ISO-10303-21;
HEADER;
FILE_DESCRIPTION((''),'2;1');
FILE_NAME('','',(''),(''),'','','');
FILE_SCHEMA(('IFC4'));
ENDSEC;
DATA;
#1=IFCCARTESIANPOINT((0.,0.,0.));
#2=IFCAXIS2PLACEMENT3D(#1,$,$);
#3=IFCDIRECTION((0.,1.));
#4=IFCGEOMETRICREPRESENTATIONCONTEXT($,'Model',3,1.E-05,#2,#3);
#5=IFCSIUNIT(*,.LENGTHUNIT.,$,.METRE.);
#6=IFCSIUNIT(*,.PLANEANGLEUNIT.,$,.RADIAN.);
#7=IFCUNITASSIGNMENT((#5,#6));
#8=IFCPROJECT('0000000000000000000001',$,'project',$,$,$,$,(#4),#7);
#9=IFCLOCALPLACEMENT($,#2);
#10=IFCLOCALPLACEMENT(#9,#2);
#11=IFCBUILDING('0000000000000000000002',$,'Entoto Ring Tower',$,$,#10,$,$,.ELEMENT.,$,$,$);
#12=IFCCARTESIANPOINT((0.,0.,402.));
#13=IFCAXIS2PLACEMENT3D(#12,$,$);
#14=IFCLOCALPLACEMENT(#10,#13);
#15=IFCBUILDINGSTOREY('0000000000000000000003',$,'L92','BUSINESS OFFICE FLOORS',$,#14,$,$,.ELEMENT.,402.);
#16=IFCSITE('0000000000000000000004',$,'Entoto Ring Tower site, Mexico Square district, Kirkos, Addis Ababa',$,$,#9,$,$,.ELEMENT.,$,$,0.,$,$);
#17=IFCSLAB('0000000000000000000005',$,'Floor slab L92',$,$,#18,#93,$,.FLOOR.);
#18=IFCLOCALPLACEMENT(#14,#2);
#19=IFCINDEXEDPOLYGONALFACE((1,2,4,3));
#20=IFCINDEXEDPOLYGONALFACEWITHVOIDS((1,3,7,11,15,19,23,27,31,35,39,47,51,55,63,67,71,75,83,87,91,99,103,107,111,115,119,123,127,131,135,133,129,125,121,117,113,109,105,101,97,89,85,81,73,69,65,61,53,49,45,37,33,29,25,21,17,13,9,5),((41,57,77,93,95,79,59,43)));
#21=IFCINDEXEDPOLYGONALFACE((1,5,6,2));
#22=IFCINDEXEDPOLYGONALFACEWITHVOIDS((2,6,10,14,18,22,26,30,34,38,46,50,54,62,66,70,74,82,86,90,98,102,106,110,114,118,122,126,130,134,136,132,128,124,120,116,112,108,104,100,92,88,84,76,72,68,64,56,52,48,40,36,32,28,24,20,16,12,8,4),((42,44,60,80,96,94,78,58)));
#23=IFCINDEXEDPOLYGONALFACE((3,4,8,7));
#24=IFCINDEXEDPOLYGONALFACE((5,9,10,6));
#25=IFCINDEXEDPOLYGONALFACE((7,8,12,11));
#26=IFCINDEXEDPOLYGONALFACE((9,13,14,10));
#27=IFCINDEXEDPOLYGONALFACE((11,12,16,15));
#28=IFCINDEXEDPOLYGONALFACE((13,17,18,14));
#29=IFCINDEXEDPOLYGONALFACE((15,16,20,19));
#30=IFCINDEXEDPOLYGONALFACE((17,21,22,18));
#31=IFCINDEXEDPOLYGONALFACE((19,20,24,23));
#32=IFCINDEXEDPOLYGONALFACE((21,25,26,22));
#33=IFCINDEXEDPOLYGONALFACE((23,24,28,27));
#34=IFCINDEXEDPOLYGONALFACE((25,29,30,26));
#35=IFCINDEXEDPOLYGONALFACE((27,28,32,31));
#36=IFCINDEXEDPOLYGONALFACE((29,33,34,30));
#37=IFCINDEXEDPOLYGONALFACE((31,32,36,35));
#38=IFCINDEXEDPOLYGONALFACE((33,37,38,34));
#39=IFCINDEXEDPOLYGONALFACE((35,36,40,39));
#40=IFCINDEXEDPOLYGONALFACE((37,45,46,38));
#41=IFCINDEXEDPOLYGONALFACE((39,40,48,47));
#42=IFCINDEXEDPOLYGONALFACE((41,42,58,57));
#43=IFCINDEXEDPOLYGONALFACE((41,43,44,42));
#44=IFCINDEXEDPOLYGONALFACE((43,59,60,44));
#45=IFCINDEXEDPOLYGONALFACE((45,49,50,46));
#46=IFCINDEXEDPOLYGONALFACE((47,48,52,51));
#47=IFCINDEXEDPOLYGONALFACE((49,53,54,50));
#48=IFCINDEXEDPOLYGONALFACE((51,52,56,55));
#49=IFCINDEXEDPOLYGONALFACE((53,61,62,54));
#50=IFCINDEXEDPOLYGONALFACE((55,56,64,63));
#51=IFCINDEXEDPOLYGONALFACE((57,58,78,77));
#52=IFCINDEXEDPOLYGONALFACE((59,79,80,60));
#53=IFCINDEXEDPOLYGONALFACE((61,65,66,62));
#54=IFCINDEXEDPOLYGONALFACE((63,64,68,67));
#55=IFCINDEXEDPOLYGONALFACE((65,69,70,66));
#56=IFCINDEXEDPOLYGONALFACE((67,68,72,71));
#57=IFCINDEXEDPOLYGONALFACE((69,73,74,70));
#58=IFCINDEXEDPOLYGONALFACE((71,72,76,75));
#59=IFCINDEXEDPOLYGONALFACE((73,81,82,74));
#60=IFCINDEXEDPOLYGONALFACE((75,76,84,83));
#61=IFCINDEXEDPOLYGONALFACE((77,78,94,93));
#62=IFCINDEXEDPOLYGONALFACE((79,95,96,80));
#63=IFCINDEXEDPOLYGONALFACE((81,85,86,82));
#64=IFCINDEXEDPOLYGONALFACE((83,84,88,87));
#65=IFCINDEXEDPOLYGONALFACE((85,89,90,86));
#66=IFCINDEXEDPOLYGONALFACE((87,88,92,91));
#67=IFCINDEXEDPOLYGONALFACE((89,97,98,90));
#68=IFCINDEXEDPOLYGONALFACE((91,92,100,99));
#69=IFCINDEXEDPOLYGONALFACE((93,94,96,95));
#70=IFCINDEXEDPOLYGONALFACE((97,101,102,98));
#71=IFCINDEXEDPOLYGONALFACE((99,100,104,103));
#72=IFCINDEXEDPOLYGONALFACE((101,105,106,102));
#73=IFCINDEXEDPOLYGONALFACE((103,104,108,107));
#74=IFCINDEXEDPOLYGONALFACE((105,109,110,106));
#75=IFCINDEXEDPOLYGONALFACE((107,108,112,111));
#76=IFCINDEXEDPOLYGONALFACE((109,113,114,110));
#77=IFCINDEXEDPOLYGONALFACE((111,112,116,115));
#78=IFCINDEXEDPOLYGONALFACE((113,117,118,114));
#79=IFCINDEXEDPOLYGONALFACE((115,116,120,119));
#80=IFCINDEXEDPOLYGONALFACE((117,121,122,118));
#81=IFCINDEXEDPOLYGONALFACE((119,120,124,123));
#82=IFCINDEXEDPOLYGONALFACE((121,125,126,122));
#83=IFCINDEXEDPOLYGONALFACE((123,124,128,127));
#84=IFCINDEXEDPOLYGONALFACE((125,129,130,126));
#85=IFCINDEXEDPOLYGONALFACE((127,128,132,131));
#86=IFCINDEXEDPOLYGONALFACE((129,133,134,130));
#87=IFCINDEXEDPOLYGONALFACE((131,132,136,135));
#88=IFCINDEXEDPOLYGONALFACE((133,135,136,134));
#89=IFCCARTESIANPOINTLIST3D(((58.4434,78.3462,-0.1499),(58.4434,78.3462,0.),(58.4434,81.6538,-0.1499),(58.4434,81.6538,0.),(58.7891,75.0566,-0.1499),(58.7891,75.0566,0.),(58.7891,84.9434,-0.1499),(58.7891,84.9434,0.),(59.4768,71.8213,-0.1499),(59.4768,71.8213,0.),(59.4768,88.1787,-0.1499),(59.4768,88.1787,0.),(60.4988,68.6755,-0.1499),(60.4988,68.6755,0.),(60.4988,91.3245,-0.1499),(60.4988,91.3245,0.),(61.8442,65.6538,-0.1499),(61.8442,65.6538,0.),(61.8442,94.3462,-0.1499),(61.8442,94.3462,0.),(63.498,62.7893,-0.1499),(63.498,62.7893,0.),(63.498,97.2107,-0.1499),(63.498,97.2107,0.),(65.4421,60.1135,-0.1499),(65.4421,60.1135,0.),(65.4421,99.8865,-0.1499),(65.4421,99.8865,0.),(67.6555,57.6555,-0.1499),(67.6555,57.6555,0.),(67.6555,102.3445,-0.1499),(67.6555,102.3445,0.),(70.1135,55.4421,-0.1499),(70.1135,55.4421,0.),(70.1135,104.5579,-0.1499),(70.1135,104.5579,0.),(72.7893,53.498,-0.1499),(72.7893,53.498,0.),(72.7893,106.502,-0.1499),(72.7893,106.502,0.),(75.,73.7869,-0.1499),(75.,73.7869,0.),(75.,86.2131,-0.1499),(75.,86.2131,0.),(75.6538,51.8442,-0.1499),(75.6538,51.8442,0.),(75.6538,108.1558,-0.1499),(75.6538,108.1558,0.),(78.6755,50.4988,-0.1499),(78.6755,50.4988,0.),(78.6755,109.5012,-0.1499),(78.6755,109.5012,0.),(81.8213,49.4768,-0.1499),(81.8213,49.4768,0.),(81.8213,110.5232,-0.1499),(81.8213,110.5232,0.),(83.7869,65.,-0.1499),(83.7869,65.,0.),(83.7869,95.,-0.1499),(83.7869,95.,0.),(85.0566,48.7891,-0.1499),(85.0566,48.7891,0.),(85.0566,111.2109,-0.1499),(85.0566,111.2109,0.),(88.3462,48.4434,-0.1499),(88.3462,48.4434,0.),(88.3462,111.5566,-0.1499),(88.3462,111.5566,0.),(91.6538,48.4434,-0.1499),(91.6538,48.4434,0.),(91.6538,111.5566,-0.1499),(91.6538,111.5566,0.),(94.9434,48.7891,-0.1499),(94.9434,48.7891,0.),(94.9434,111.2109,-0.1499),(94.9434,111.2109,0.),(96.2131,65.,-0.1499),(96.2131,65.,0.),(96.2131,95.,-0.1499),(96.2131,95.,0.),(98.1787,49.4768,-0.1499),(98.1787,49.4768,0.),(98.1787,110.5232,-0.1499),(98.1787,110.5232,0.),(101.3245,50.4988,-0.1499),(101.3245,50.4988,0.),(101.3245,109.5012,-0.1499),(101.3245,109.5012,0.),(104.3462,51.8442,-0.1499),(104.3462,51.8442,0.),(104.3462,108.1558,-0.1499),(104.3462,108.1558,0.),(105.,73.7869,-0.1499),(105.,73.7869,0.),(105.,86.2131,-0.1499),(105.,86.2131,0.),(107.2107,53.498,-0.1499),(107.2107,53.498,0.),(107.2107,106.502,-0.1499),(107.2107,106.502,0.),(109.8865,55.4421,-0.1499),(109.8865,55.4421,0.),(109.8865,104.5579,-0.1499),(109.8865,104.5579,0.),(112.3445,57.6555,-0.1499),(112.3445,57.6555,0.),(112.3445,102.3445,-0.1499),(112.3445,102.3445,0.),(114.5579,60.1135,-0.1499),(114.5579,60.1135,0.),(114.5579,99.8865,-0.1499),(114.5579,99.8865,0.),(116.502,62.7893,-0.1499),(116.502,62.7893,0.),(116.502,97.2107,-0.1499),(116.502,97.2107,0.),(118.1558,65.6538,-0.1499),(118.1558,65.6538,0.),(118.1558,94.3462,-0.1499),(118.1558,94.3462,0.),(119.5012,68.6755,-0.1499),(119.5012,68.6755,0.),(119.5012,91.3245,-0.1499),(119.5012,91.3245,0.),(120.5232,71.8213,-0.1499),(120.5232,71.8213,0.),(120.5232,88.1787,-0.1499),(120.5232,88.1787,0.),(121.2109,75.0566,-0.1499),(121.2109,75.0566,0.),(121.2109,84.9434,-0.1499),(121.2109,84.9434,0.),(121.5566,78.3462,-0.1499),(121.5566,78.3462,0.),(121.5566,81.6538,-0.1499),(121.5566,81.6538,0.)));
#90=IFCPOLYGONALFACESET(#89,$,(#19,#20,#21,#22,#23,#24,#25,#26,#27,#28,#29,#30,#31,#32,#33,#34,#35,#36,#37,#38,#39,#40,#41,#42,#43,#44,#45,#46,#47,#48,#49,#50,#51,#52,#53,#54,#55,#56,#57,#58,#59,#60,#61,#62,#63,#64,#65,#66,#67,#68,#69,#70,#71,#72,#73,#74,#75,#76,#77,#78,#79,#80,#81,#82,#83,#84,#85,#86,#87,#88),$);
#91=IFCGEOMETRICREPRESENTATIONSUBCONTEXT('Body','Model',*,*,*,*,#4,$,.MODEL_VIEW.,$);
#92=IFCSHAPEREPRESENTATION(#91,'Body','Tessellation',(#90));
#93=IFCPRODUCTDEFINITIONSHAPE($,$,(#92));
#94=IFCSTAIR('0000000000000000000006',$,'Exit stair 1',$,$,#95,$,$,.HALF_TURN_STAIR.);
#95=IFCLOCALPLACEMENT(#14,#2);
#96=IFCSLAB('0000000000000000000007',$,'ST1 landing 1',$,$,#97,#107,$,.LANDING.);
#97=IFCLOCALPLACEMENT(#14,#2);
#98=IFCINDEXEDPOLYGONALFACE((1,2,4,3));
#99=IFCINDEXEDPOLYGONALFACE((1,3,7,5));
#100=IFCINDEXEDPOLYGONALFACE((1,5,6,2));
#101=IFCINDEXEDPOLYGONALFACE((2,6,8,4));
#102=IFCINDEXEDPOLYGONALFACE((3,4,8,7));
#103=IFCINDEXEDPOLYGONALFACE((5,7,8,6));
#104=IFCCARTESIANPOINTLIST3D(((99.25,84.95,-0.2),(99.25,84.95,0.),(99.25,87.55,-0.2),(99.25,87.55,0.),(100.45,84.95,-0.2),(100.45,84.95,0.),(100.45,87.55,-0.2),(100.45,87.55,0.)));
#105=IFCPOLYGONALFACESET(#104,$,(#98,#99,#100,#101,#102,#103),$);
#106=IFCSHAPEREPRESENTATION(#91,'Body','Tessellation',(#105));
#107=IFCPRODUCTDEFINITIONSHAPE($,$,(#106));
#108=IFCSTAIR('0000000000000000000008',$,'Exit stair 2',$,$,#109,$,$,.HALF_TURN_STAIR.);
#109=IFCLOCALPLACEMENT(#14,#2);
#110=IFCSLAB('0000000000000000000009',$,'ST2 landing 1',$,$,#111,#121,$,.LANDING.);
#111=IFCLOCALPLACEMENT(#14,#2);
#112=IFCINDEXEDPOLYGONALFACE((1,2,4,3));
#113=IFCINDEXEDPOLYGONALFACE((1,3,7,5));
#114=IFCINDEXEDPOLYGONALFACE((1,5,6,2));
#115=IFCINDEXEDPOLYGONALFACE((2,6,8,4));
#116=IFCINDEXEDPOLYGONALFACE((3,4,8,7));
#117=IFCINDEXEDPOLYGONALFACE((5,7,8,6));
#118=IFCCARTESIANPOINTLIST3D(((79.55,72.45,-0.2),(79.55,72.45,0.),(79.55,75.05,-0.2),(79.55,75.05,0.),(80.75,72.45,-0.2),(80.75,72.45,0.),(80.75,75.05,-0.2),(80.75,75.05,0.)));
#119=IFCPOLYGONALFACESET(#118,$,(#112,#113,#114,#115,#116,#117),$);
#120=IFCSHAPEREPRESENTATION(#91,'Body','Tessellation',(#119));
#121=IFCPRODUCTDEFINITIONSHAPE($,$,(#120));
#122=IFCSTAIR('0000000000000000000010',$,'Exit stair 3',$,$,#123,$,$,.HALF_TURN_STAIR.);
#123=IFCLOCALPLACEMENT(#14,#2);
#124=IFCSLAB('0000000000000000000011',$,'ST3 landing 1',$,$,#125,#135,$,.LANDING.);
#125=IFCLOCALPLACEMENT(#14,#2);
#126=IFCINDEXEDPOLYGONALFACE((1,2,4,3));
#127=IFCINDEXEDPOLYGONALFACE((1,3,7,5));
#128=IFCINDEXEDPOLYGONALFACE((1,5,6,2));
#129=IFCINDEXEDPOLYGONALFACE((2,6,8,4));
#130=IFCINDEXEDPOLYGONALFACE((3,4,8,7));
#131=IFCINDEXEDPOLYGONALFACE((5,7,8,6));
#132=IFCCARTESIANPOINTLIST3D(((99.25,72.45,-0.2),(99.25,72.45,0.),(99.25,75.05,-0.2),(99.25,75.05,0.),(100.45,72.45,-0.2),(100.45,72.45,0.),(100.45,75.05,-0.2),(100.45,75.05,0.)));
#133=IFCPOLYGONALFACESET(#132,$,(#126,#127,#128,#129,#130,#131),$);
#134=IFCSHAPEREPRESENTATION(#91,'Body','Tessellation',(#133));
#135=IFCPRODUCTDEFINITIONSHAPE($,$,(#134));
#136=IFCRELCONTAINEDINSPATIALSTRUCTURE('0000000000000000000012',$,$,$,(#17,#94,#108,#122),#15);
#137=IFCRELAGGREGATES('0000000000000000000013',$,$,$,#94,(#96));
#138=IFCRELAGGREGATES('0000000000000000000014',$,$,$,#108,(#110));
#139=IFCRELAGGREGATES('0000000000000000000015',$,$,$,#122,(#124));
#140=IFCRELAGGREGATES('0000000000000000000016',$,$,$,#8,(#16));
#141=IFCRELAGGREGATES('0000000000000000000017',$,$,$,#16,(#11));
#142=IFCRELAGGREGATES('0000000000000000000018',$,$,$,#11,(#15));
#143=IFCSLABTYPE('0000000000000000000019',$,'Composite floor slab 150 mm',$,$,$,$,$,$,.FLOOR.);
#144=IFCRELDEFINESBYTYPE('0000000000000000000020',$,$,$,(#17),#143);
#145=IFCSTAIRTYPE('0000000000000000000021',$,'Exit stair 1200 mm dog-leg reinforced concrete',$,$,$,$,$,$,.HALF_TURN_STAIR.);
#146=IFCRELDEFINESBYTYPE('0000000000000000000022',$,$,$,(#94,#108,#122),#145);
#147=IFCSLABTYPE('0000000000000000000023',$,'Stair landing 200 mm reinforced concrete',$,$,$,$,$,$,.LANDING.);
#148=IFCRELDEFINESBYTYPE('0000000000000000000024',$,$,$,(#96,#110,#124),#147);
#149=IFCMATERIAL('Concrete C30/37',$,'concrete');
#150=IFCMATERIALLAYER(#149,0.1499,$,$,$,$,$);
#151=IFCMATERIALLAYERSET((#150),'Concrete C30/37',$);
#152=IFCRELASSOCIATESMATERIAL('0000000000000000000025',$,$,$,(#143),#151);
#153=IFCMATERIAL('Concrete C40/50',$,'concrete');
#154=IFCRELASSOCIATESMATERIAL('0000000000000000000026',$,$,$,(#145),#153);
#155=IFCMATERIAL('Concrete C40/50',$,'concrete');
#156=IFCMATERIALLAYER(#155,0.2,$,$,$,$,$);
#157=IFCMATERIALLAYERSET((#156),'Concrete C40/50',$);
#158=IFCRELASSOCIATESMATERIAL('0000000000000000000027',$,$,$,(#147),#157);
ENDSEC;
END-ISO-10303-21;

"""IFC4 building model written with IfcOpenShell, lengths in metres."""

from ifc_helpers import new_model, si_unit, direction, frame, origin, place, context, subcontext, project, spatial, polyline, outline, extrude, material, layer, layer_set, type_object, element, aggregate, save


model = new_model("IFC4")

# Units and contexts
model_context = context("Model", 3, precision=1e-05, world=origin(), true_north=direction((0.0, 1.0)))
body_context = subcontext(model_context, "Body", "Model", "MODEL_VIEW")
ifc_project = project(units=[si_unit("LENGTHUNIT", "METRE"), si_unit("PLANEANGLEUNIT", "RADIAN")], contexts=[model_context])

# Site, building, storey
site_placement = place(None, origin())
building_placement = place(site_placement, origin())
storey_placement = place(building_placement, frame((0.0, 0.0, 402.0)))
site = spatial("IfcSite", under=ifc_project, at=site_placement, Name="Entoto Ring Tower site, Mexico Square district, Kirkos, Addis Ababa", CompositionType="ELEMENT", RefElevation=0.0)
building = spatial("IfcBuilding", under=site, at=building_placement, Name="Entoto Ring Tower", CompositionType="ELEMENT")
storey = spatial("IfcBuildingStorey", under=building, at=storey_placement, Name="L92", Description="BUSINESS OFFICE FLOORS", CompositionType="ELEMENT", Elevation=402.0)

# Slab
ifc_material_1 = material(Name="Concrete C30/37", Category="concrete")
ifc_layer_1 = layer(ifc_material_1, 0.1499)
ifc_layer_set_1 = layer_set([ifc_layer_1], Name="Concrete C30/37")
slab_type_1 = type_object("IfcSlabType", Name="Composite floor slab 150 mm", PredefinedType="FLOOR", material=ifc_layer_set_1)
slab_1_placement = place(storey_placement, frame((0.0, 0.0, -0.1499)))
element("IfcSlab", 1, at=slab_1_placement, inside=storey, type_object=slab_type_1, Name="Floor slab L92", PredefinedType="FLOOR", context=body_context, shape_type="SweptSolid", body=[
    extrude(outline(polyline([(121.2109, 84.9434), (120.5232, 88.1787), (119.5012, 91.3245), (118.1558, 94.3462), (116.502, 97.2107), (114.5579, 99.8865), (112.3445, 102.3445), (109.8865, 104.5579), (107.2107, 106.502), (104.3462, 108.1558), (101.3245, 109.5012), (98.1787, 110.5232), (94.9434, 111.2109), (91.6538, 111.5566), (88.3462, 111.5566), (85.0566, 111.2109), (81.8213, 110.5232), (78.6755, 109.5012), (75.6538, 108.1558), (72.7893, 106.502), (70.1135, 104.5579), (67.6555, 102.3445), (65.4421, 99.8865), (63.498, 97.2107), (61.8442, 94.3462), (60.4988, 91.3245), (59.4768, 88.1787), (58.7891, 84.9434), (58.4434, 81.6538), (58.4434, 78.3462), (58.7891, 75.0566), (59.4768, 71.8213), (60.4988, 68.6755), (61.8442, 65.6538), (63.498, 62.7893), (65.4421, 60.1135), (67.6555, 57.6555), (70.1135, 55.4421), (72.7893, 53.498), (75.6538, 51.8442), (78.6755, 50.4988), (81.8213, 49.4768), (85.0566, 48.7891), (88.3462, 48.4434), (91.6538, 48.4434), (94.9434, 48.7891), (98.1787, 49.4768), (101.3245, 50.4988), (104.3462, 51.8442), (107.2107, 53.498), (109.8865, 55.4421), (112.3445, 57.6555), (114.5579, 60.1135), (116.502, 62.7893), (118.1558, 65.6538), (119.5012, 68.6755), (120.5232, 71.8213), (121.2109, 75.0566), (121.5566, 78.3462), (121.5566, 81.6538), (121.2109, 84.9434)]), holes=[polyline([(105.0, 73.7869), (105.0, 86.2131), (96.2131, 95.0), (83.7869, 95.0), (75.0, 86.2131), (75.0, 73.7869), (83.7869, 65.0), (96.2131, 65.0), (105.0, 73.7869)])]), origin(), (0.0, 0.0, 1.0), 0.1499),
])

# Stairs, slabs
ifc_material_2 = material(Name="Concrete C40/50", Category="concrete")
stair_type = type_object("IfcStairType", Name="Exit stair 1200 mm dog-leg reinforced concrete", PredefinedType="HALF_TURN_STAIR", material=ifc_material_2)
stair_1_placement = place(storey_placement, origin())
stair_1 = element("IfcStair", 2, at=stair_1_placement, inside=storey, type_object=stair_type, Name="Exit stair 1", PredefinedType="HALF_TURN_STAIR")
ifc_material_3 = material(Name="Concrete C40/50", Category="concrete")
ifc_layer_2 = layer(ifc_material_3, 0.2)
ifc_layer_set_2 = layer_set([ifc_layer_2], Name="Concrete C40/50")
slab_type_2 = type_object("IfcSlabType", Name="Stair landing 200 mm reinforced concrete", PredefinedType="LANDING", material=ifc_layer_set_2)
slab_2_placement = place(storey_placement, frame((0.0, 0.0, -0.2)))
slab_2 = element("IfcSlab", 3, at=slab_2_placement, type_object=slab_type_2, Name="ST1 landing 1", PredefinedType="LANDING", context=body_context, shape_type="SweptSolid", body=[
    extrude(outline(polyline([(100.45, 84.95), (100.45, 87.55), (99.25, 87.55), (99.25, 84.95), (100.45, 84.95)])), origin(), (0.0, 0.0, 1.0), 0.2),
])
aggregate(stair_1, [slab_2])
stair_2_placement = place(storey_placement, origin())
stair_2 = element("IfcStair", 4, at=stair_2_placement, inside=storey, type_object=stair_type, Name="Exit stair 2", PredefinedType="HALF_TURN_STAIR")
slab_3_placement = place(storey_placement, frame((0.0, 0.0, -0.2)))
slab_3 = element("IfcSlab", 5, at=slab_3_placement, type_object=slab_type_2, Name="ST2 landing 1", PredefinedType="LANDING", context=body_context, shape_type="SweptSolid", body=[
    extrude(outline(polyline([(80.75, 72.45), (80.75, 75.05), (79.55, 75.05), (79.55, 72.45), (80.75, 72.45)])), origin(), (0.0, 0.0, 1.0), 0.2),
])
aggregate(stair_2, [slab_3])
stair_3_placement = place(storey_placement, origin())
stair_3 = element("IfcStair", 6, at=stair_3_placement, inside=storey, type_object=stair_type, Name="Exit stair 3", PredefinedType="HALF_TURN_STAIR")
slab_4_placement = place(storey_placement, frame((0.0, 0.0, -0.2)))
slab_4 = element("IfcSlab", 7, at=slab_4_placement, type_object=slab_type_2, Name="ST3 landing 1", PredefinedType="LANDING", context=body_context, shape_type="SweptSolid", body=[
    extrude(outline(polyline([(100.45, 72.45), (100.45, 75.05), (99.25, 75.05), (99.25, 72.45), (100.45, 72.45)])), origin(), (0.0, 0.0, 1.0), 0.2),
])
aggregate(stair_3, [slab_4])

save(model, "model.ifc")
